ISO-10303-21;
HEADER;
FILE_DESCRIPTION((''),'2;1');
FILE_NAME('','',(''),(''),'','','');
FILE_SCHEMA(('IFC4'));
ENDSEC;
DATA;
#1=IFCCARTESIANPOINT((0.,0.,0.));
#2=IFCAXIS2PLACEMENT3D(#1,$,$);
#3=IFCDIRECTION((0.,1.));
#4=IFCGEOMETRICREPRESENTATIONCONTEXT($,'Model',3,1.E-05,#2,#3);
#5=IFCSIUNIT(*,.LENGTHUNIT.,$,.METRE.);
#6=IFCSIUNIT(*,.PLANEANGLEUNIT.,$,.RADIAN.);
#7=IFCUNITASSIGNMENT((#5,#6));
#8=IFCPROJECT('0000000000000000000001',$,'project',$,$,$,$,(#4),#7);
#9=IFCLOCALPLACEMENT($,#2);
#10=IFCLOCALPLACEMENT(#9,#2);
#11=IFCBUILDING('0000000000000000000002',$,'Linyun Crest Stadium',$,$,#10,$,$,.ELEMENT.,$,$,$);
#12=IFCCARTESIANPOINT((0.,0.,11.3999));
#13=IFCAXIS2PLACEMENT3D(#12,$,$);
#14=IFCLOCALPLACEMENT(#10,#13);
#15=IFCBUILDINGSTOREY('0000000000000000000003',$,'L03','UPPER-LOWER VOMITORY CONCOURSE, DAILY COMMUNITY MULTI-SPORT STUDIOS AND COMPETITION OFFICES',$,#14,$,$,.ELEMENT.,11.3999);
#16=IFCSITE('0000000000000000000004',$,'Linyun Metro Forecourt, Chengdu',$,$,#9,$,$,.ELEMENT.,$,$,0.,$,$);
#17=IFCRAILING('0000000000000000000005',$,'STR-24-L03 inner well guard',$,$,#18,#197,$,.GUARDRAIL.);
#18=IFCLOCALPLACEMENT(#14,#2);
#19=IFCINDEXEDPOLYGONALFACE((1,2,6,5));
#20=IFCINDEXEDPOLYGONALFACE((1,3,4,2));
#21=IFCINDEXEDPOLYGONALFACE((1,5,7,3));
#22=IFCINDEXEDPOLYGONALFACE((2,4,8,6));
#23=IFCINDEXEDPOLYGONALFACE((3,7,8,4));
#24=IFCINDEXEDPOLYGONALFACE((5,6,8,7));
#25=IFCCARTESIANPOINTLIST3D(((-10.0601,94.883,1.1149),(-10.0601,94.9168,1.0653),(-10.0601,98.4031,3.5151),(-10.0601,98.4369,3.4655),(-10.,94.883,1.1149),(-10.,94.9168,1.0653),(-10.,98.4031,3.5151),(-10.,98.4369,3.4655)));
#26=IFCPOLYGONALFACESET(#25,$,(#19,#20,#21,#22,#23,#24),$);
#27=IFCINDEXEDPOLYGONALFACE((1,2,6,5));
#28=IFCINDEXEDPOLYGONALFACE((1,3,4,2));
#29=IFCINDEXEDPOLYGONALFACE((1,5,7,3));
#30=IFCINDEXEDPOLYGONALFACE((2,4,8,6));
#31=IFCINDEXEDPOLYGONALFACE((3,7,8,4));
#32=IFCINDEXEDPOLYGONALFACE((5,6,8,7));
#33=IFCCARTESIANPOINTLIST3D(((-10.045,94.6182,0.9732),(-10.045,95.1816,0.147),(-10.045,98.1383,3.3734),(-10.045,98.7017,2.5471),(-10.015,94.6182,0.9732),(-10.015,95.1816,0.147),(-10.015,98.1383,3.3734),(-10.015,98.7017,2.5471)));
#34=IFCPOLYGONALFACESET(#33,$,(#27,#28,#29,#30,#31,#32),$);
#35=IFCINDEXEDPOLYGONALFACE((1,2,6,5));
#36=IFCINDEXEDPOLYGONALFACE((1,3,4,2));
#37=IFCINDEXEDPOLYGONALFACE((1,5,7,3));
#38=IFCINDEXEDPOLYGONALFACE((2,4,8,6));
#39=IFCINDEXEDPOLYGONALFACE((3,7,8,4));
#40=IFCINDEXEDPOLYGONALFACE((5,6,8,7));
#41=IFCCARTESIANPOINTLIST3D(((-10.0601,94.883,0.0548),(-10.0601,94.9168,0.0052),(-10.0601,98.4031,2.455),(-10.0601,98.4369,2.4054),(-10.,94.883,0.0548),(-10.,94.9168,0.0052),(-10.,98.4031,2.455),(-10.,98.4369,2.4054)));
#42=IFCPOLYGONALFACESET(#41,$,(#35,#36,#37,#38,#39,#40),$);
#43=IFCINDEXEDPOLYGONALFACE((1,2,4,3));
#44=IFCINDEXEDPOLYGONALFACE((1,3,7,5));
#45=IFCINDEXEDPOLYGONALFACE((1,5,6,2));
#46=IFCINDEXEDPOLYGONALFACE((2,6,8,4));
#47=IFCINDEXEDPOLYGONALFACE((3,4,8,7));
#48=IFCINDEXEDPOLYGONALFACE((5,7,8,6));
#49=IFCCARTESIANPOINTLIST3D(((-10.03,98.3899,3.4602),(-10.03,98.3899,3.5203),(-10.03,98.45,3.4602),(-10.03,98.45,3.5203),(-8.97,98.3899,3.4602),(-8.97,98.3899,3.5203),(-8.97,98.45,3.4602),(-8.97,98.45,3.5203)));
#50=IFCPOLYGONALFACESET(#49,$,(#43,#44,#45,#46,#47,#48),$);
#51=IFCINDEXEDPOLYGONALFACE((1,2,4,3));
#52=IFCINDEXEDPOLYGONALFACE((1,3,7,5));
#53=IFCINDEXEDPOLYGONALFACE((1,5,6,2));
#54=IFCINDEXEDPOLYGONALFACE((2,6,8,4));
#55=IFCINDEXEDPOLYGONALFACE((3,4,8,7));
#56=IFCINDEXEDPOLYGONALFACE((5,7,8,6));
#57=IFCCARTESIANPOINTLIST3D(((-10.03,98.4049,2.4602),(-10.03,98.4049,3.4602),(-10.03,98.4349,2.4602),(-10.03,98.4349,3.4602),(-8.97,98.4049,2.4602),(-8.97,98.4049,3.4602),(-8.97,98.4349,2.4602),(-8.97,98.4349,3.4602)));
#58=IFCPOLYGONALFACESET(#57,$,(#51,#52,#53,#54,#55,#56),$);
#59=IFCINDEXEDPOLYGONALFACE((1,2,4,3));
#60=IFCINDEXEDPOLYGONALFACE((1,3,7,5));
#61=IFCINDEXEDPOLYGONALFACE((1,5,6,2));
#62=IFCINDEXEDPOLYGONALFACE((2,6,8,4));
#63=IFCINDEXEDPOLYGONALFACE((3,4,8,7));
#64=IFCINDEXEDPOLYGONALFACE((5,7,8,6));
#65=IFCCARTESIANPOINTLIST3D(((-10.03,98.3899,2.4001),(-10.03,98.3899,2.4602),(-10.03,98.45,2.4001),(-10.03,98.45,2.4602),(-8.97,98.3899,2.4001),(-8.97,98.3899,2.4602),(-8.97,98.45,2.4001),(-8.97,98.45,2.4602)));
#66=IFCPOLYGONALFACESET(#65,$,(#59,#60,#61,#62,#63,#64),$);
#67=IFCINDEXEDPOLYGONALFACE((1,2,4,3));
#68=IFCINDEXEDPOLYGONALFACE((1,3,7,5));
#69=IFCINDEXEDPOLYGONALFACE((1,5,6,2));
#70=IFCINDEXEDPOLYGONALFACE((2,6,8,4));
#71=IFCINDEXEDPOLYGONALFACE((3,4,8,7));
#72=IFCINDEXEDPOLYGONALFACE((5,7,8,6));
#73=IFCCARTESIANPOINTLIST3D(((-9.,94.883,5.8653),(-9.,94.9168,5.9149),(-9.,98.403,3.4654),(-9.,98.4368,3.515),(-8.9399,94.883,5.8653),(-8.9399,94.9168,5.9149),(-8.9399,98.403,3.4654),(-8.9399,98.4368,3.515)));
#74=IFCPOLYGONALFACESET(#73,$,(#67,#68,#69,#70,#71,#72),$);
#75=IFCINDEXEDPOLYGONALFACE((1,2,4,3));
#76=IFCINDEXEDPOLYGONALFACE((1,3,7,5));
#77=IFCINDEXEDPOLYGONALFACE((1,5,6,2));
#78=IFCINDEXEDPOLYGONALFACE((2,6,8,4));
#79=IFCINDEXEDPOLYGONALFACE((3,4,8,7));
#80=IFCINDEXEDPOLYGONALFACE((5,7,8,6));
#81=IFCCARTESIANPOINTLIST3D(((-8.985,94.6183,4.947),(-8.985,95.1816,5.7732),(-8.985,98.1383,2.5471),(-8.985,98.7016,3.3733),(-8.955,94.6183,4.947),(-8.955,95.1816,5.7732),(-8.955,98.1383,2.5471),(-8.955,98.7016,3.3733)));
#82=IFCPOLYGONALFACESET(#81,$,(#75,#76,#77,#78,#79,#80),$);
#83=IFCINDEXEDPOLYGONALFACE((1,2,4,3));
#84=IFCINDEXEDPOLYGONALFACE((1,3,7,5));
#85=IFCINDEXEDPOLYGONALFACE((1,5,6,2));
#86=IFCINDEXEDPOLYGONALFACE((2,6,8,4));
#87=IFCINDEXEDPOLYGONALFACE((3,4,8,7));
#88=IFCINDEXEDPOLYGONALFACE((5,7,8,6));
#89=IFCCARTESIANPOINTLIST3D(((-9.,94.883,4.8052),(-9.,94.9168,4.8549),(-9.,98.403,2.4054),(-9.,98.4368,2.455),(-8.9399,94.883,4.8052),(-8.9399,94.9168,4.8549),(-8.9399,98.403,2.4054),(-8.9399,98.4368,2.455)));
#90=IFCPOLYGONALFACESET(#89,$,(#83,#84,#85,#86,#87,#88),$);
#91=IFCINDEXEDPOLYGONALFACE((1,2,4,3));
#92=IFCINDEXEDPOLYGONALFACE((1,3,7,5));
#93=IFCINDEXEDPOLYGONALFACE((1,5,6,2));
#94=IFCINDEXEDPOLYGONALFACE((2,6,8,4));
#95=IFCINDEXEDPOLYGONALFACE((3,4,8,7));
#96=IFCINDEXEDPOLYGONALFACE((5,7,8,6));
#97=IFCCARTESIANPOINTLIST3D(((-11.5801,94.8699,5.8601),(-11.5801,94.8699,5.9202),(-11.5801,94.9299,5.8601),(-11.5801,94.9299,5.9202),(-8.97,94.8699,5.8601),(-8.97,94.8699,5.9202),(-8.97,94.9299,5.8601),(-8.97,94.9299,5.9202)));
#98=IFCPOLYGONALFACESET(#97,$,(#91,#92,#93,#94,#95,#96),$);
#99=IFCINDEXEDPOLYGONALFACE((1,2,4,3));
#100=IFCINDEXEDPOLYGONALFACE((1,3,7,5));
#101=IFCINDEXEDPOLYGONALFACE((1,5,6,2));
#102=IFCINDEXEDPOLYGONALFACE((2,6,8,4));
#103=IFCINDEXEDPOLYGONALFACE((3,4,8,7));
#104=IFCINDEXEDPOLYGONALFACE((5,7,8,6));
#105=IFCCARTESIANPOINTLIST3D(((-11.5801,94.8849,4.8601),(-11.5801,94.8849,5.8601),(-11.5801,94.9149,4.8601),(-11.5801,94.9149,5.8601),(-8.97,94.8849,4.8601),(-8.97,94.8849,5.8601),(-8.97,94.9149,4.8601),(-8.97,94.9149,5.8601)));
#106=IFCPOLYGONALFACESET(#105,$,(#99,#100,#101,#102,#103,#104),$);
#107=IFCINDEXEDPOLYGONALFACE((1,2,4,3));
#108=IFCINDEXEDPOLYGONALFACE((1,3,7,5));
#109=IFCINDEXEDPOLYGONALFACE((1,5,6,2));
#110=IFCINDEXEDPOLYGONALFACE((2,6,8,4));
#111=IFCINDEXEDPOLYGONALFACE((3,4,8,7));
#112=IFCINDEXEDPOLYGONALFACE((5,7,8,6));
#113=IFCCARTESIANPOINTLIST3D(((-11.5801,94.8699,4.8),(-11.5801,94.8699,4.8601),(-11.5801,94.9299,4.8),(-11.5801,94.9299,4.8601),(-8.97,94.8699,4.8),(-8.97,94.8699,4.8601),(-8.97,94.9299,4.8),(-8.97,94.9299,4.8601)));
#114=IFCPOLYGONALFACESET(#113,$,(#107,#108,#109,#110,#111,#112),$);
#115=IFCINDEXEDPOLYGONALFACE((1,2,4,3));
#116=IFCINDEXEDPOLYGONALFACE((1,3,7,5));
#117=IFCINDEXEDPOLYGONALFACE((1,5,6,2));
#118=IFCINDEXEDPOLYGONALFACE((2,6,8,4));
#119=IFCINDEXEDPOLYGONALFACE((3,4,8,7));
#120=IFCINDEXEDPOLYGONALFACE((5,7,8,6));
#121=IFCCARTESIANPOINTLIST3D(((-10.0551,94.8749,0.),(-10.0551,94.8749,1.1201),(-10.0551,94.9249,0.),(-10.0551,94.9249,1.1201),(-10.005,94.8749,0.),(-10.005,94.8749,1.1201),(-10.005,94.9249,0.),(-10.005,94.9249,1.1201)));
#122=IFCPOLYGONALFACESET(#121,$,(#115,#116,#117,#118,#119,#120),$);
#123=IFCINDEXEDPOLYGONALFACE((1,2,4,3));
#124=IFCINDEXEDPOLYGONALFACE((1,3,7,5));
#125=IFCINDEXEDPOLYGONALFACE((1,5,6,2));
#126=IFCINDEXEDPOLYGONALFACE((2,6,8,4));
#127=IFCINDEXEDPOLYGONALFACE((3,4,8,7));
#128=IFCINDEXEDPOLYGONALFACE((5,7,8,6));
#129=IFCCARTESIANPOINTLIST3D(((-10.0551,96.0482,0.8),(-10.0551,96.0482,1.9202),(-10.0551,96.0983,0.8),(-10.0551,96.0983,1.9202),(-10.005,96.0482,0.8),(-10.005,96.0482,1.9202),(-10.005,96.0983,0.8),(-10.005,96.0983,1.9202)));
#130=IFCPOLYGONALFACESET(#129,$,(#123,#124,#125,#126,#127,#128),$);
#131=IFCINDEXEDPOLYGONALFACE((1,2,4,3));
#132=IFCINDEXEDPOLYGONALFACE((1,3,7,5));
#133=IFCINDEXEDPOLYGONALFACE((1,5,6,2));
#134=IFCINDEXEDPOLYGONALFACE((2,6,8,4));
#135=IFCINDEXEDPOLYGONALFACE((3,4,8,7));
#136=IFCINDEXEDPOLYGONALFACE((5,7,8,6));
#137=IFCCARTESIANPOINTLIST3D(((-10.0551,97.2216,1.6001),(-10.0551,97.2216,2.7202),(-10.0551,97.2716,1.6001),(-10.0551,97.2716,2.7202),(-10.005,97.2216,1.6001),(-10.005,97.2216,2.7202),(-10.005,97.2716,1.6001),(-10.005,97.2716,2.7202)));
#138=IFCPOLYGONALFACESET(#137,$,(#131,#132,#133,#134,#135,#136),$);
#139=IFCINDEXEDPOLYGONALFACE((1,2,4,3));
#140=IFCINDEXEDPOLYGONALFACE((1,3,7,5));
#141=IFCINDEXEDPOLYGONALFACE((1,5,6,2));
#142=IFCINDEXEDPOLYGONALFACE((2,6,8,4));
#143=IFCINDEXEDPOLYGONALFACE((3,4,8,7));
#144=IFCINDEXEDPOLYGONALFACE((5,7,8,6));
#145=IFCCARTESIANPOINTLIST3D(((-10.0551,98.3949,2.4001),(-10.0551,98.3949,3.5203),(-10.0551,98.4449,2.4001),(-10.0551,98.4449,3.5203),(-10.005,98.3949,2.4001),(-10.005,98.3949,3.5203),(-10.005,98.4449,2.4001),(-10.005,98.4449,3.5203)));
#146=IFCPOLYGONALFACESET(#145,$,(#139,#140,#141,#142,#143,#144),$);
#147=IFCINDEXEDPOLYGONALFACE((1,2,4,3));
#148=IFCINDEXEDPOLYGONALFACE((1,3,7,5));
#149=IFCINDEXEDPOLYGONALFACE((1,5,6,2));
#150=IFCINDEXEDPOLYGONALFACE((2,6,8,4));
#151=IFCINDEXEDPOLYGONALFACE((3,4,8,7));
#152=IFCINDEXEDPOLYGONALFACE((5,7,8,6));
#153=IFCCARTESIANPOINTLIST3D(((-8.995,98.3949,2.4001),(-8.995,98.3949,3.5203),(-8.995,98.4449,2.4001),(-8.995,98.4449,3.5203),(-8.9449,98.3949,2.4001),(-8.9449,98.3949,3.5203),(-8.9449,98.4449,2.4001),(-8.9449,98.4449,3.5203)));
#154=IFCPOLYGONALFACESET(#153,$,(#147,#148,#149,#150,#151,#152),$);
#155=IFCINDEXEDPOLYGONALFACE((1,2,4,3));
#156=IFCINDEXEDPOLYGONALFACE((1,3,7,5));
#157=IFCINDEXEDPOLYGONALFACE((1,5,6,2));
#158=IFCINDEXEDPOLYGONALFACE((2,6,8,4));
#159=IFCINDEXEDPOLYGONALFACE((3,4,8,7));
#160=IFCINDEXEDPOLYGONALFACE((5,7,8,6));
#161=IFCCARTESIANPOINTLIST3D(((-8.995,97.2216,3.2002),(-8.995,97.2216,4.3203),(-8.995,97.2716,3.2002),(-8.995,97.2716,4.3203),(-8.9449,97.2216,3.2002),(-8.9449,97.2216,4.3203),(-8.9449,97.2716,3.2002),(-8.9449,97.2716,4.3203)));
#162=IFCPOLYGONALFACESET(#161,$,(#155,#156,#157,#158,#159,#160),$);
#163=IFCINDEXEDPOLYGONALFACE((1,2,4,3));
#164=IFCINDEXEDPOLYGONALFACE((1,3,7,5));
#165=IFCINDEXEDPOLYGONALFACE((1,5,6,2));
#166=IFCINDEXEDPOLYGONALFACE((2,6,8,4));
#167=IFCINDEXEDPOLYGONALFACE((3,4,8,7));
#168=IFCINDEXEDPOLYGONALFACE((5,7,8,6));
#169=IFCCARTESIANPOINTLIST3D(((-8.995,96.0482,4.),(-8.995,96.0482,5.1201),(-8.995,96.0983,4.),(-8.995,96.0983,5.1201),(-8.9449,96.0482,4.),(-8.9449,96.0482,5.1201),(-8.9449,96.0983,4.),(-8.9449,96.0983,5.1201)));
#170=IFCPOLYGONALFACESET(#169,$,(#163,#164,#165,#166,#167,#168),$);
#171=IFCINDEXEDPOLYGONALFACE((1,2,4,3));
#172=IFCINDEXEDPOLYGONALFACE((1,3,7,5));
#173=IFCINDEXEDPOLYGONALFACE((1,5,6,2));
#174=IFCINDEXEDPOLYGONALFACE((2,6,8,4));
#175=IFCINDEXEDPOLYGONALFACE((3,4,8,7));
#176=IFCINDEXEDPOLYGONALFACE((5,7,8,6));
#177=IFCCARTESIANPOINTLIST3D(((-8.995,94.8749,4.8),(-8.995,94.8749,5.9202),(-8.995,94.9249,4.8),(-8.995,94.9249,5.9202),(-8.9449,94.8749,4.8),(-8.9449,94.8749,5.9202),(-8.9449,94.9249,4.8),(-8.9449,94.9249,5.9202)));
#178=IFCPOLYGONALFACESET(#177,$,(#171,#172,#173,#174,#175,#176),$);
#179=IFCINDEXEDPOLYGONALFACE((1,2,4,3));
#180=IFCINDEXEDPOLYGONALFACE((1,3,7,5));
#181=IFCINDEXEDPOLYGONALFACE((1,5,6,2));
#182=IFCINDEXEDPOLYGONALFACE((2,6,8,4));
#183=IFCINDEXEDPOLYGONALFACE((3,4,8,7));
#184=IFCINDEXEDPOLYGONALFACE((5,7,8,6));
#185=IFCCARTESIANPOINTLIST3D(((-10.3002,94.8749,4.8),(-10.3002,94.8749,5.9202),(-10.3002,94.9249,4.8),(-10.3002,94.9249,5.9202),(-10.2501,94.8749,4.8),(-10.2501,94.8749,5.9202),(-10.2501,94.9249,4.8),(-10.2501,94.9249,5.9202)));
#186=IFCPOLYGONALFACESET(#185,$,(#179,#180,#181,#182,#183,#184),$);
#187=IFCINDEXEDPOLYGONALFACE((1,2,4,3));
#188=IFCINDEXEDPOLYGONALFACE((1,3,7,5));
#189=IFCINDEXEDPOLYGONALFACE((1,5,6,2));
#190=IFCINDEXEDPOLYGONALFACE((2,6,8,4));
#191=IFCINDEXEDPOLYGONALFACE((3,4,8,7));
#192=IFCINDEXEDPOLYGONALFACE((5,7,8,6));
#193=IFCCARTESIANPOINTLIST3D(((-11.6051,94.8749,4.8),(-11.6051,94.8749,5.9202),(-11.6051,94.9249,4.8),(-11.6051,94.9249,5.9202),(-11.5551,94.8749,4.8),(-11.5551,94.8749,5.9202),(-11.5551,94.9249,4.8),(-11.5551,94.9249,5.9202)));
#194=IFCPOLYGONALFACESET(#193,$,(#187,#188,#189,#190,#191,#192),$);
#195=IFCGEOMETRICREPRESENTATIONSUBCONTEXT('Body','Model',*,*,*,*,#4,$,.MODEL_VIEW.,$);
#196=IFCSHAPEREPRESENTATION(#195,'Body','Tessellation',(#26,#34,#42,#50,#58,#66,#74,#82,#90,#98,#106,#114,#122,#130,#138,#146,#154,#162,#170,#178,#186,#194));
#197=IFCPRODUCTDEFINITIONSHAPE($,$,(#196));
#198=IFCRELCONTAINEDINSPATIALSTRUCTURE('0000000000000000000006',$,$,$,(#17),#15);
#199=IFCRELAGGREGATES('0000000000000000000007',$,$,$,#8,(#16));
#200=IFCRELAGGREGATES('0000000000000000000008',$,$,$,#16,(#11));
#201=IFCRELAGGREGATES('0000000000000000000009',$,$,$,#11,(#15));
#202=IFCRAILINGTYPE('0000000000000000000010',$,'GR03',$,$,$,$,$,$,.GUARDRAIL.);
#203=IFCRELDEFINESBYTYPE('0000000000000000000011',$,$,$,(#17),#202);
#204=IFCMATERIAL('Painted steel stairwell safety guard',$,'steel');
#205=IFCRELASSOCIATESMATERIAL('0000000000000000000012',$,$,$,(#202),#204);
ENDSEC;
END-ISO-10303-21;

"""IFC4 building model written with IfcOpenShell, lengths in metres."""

from ifc_helpers import new_model, si_unit, direction, frame, origin, origin_2d, place, context, subcontext, project, spatial, rectangle, extrude, material, type_object, element, save


model = new_model("IFC4")

# Units and contexts
model_context = context("Model", 3, precision=1e-05, world=origin(), true_north=direction((0.0, 1.0)))
body_context = subcontext(model_context, "Body", "Model", "MODEL_VIEW")
ifc_project = project(units=[si_unit("LENGTHUNIT", "METRE"), si_unit("PLANEANGLEUNIT", "RADIAN")], contexts=[model_context])

# Site, building, storey
site_placement = place(None, origin())
site = spatial("IfcSite", under=ifc_project, at=site_placement, Name="Linyun Metro Forecourt, Chengdu", CompositionType="ELEMENT", RefElevation=0.0)
building_placement = place(site_placement, origin())
building = spatial("IfcBuilding", under=site, at=building_placement, Name="Linyun Crest Stadium", CompositionType="ELEMENT")
storey_placement = place(building_placement, frame((0.0, 0.0, 11.3999)))
storey = spatial("IfcBuildingStorey", under=building, at=storey_placement, Name="L03", Description="UPPER-LOWER VOMITORY CONCOURSE, DAILY COMMUNITY MULTI-SPORT STUDIOS AND COMPETITION OFFICES", CompositionType="ELEMENT", Elevation=11.3999)

# Railing
ifc_material_1 = material(Name="Painted steel stairwell safety guard", Category="steel")
railing_type_1 = type_object("IfcRailingType", Name="GR03", PredefinedType="GUARDRAIL", material=ifc_material_1)
railing_1_placement = place(storey_placement, frame((-10.03, 94.8999, 0.0)))
element("IfcRailing", 1, at=railing_1_placement, inside=storey, type_object=railing_type_1, Name="STR-24-L03 inner well guard", PredefinedType="GUARDRAIL", context=body_context, shape_type="SweptSolid", body=[
    extrude(rectangle(XDim=0.0601, YDim=0.0601, at=origin_2d()), frame((0.0, 0.0, 1.0901), z_axis=(0.0, 0.826213, 0.563358), x_axis=(-1.0, 0.0, 0.0)), (0.0, 0.0, 1.0), 4.2605),
    extrude(rectangle(XDim=0.03, YDim=1.0, at=origin_2d()), frame((0.0, 0.0, 0.5601), z_axis=(0.0, 0.826213, 0.563358), x_axis=(-1.0, 0.0, 0.0)), (0.0, 0.0, 1.0), 4.2605),
    extrude(rectangle(XDim=0.0601, YDim=0.0601, at=origin_2d()), frame((0.0, 0.0, 0.03), z_axis=(0.0, 0.826213, 0.563358), x_axis=(-1.0, 0.0, 0.0)), (0.0, 0.0, 1.0), 4.2605),
    extrude(rectangle(XDim=0.0601, YDim=0.0601, at=origin_2d()), frame((0.0, 3.52, 3.4902), z_axis=(1.0, 0.0, 0.0), x_axis=(0.0, 1.0, 0.0)), (0.0, 0.0, 1.0), 1.0601),
    extrude(rectangle(XDim=0.03, YDim=1.0, at=origin_2d()), frame((0.0, 3.52, 2.9602), z_axis=(1.0, 0.0, 0.0), x_axis=(0.0, 1.0, 0.0)), (0.0, 0.0, 1.0), 1.0601),
    extrude(rectangle(XDim=0.0601, YDim=0.0601, at=origin_2d()), frame((0.0, 3.52, 2.4302), z_axis=(1.0, 0.0, 0.0), x_axis=(0.0, 1.0, 0.0)), (0.0, 0.0, 1.0), 1.0601),
    extrude(rectangle(XDim=0.0601, YDim=0.0601, at=origin_2d()), frame((1.0601, 3.52, 3.4902), z_axis=(0.0, -0.826239, 0.563319), x_axis=(1.0, 0.0, 0.0)), (0.0, 0.0, 1.0), 4.2603),
    extrude(rectangle(XDim=0.03, YDim=1.0, at=origin_2d()), frame((1.0601, 3.52, 2.9602), z_axis=(0.0, -0.826239, 0.563319), x_axis=(1.0, 0.0, 0.0)), (0.0, 0.0, 1.0), 4.2603),
    extrude(rectangle(XDim=0.0601, YDim=0.0601, at=origin_2d()), frame((1.0601, 3.52, 2.4302), z_axis=(0.0, -0.826239, 0.563319), x_axis=(1.0, 0.0, 0.0)), (0.0, 0.0, 1.0), 4.2603),
    extrude(rectangle(XDim=0.0601, YDim=0.0601, at=origin_2d()), frame((1.0601, 0.0, 5.8901), z_axis=(-1.0, 0.0, 0.0), x_axis=(0.0, -1.0, 0.0)), (0.0, 0.0, 1.0), 2.6101),
    extrude(rectangle(XDim=0.03, YDim=1.0, at=origin_2d()), frame((1.0601, 0.0, 5.3601), z_axis=(-1.0, 0.0, 0.0), x_axis=(0.0, -1.0, 0.0)), (0.0, 0.0, 1.0), 2.6101),
    extrude(rectangle(XDim=0.0601, YDim=0.0601, at=origin_2d()), frame((1.0601, 0.0, 4.8301), z_axis=(-1.0, 0.0, 0.0), x_axis=(0.0, -1.0, 0.0)), (0.0, 0.0, 1.0), 2.6101),
    extrude(rectangle(XDim=0.05, YDim=0.05, at=origin_2d()), origin(), (0.0, 0.0, 1.0), 1.1201),
    extrude(rectangle(XDim=0.05, YDim=0.05, at=origin_2d()), frame((0.0, 1.1733, 0.8)), (0.0, 0.0, 1.0), 1.1201),
    extrude(rectangle(XDim=0.05, YDim=0.05, at=origin_2d()), frame((0.0, 2.3467, 1.6001)), (0.0, 0.0, 1.0), 1.1201),
    extrude(rectangle(XDim=0.05, YDim=0.05, at=origin_2d()), frame((0.0, 3.52, 2.4001)), (0.0, 0.0, 1.0), 1.1201),
    extrude(rectangle(XDim=0.05, YDim=0.05, at=origin_2d()), frame((1.0601, 3.52, 2.4001)), (0.0, 0.0, 1.0), 1.1201),
    extrude(rectangle(XDim=0.05, YDim=0.05, at=origin_2d()), frame((1.0601, 2.3467, 3.2002)), (0.0, 0.0, 1.0), 1.1201),
    extrude(rectangle(XDim=0.05, YDim=0.05, at=origin_2d()), frame((1.0601, 1.1733, 4.0)), (0.0, 0.0, 1.0), 1.1201),
    extrude(rectangle(XDim=0.05, YDim=0.05, at=origin_2d()), frame((1.0601, 0.0, 4.8)), (0.0, 0.0, 1.0), 1.1201),
    extrude(rectangle(XDim=0.05, YDim=0.05, at=origin_2d()), frame((-0.2451, 0.0, 4.8)), (0.0, 0.0, 1.0), 1.1201),
    extrude(rectangle(XDim=0.05, YDim=0.05, at=origin_2d()), frame((-1.55, 0.0, 4.8)), (0.0, 0.0, 1.0), 1.1201),
])

save(model, "model.ifc")
